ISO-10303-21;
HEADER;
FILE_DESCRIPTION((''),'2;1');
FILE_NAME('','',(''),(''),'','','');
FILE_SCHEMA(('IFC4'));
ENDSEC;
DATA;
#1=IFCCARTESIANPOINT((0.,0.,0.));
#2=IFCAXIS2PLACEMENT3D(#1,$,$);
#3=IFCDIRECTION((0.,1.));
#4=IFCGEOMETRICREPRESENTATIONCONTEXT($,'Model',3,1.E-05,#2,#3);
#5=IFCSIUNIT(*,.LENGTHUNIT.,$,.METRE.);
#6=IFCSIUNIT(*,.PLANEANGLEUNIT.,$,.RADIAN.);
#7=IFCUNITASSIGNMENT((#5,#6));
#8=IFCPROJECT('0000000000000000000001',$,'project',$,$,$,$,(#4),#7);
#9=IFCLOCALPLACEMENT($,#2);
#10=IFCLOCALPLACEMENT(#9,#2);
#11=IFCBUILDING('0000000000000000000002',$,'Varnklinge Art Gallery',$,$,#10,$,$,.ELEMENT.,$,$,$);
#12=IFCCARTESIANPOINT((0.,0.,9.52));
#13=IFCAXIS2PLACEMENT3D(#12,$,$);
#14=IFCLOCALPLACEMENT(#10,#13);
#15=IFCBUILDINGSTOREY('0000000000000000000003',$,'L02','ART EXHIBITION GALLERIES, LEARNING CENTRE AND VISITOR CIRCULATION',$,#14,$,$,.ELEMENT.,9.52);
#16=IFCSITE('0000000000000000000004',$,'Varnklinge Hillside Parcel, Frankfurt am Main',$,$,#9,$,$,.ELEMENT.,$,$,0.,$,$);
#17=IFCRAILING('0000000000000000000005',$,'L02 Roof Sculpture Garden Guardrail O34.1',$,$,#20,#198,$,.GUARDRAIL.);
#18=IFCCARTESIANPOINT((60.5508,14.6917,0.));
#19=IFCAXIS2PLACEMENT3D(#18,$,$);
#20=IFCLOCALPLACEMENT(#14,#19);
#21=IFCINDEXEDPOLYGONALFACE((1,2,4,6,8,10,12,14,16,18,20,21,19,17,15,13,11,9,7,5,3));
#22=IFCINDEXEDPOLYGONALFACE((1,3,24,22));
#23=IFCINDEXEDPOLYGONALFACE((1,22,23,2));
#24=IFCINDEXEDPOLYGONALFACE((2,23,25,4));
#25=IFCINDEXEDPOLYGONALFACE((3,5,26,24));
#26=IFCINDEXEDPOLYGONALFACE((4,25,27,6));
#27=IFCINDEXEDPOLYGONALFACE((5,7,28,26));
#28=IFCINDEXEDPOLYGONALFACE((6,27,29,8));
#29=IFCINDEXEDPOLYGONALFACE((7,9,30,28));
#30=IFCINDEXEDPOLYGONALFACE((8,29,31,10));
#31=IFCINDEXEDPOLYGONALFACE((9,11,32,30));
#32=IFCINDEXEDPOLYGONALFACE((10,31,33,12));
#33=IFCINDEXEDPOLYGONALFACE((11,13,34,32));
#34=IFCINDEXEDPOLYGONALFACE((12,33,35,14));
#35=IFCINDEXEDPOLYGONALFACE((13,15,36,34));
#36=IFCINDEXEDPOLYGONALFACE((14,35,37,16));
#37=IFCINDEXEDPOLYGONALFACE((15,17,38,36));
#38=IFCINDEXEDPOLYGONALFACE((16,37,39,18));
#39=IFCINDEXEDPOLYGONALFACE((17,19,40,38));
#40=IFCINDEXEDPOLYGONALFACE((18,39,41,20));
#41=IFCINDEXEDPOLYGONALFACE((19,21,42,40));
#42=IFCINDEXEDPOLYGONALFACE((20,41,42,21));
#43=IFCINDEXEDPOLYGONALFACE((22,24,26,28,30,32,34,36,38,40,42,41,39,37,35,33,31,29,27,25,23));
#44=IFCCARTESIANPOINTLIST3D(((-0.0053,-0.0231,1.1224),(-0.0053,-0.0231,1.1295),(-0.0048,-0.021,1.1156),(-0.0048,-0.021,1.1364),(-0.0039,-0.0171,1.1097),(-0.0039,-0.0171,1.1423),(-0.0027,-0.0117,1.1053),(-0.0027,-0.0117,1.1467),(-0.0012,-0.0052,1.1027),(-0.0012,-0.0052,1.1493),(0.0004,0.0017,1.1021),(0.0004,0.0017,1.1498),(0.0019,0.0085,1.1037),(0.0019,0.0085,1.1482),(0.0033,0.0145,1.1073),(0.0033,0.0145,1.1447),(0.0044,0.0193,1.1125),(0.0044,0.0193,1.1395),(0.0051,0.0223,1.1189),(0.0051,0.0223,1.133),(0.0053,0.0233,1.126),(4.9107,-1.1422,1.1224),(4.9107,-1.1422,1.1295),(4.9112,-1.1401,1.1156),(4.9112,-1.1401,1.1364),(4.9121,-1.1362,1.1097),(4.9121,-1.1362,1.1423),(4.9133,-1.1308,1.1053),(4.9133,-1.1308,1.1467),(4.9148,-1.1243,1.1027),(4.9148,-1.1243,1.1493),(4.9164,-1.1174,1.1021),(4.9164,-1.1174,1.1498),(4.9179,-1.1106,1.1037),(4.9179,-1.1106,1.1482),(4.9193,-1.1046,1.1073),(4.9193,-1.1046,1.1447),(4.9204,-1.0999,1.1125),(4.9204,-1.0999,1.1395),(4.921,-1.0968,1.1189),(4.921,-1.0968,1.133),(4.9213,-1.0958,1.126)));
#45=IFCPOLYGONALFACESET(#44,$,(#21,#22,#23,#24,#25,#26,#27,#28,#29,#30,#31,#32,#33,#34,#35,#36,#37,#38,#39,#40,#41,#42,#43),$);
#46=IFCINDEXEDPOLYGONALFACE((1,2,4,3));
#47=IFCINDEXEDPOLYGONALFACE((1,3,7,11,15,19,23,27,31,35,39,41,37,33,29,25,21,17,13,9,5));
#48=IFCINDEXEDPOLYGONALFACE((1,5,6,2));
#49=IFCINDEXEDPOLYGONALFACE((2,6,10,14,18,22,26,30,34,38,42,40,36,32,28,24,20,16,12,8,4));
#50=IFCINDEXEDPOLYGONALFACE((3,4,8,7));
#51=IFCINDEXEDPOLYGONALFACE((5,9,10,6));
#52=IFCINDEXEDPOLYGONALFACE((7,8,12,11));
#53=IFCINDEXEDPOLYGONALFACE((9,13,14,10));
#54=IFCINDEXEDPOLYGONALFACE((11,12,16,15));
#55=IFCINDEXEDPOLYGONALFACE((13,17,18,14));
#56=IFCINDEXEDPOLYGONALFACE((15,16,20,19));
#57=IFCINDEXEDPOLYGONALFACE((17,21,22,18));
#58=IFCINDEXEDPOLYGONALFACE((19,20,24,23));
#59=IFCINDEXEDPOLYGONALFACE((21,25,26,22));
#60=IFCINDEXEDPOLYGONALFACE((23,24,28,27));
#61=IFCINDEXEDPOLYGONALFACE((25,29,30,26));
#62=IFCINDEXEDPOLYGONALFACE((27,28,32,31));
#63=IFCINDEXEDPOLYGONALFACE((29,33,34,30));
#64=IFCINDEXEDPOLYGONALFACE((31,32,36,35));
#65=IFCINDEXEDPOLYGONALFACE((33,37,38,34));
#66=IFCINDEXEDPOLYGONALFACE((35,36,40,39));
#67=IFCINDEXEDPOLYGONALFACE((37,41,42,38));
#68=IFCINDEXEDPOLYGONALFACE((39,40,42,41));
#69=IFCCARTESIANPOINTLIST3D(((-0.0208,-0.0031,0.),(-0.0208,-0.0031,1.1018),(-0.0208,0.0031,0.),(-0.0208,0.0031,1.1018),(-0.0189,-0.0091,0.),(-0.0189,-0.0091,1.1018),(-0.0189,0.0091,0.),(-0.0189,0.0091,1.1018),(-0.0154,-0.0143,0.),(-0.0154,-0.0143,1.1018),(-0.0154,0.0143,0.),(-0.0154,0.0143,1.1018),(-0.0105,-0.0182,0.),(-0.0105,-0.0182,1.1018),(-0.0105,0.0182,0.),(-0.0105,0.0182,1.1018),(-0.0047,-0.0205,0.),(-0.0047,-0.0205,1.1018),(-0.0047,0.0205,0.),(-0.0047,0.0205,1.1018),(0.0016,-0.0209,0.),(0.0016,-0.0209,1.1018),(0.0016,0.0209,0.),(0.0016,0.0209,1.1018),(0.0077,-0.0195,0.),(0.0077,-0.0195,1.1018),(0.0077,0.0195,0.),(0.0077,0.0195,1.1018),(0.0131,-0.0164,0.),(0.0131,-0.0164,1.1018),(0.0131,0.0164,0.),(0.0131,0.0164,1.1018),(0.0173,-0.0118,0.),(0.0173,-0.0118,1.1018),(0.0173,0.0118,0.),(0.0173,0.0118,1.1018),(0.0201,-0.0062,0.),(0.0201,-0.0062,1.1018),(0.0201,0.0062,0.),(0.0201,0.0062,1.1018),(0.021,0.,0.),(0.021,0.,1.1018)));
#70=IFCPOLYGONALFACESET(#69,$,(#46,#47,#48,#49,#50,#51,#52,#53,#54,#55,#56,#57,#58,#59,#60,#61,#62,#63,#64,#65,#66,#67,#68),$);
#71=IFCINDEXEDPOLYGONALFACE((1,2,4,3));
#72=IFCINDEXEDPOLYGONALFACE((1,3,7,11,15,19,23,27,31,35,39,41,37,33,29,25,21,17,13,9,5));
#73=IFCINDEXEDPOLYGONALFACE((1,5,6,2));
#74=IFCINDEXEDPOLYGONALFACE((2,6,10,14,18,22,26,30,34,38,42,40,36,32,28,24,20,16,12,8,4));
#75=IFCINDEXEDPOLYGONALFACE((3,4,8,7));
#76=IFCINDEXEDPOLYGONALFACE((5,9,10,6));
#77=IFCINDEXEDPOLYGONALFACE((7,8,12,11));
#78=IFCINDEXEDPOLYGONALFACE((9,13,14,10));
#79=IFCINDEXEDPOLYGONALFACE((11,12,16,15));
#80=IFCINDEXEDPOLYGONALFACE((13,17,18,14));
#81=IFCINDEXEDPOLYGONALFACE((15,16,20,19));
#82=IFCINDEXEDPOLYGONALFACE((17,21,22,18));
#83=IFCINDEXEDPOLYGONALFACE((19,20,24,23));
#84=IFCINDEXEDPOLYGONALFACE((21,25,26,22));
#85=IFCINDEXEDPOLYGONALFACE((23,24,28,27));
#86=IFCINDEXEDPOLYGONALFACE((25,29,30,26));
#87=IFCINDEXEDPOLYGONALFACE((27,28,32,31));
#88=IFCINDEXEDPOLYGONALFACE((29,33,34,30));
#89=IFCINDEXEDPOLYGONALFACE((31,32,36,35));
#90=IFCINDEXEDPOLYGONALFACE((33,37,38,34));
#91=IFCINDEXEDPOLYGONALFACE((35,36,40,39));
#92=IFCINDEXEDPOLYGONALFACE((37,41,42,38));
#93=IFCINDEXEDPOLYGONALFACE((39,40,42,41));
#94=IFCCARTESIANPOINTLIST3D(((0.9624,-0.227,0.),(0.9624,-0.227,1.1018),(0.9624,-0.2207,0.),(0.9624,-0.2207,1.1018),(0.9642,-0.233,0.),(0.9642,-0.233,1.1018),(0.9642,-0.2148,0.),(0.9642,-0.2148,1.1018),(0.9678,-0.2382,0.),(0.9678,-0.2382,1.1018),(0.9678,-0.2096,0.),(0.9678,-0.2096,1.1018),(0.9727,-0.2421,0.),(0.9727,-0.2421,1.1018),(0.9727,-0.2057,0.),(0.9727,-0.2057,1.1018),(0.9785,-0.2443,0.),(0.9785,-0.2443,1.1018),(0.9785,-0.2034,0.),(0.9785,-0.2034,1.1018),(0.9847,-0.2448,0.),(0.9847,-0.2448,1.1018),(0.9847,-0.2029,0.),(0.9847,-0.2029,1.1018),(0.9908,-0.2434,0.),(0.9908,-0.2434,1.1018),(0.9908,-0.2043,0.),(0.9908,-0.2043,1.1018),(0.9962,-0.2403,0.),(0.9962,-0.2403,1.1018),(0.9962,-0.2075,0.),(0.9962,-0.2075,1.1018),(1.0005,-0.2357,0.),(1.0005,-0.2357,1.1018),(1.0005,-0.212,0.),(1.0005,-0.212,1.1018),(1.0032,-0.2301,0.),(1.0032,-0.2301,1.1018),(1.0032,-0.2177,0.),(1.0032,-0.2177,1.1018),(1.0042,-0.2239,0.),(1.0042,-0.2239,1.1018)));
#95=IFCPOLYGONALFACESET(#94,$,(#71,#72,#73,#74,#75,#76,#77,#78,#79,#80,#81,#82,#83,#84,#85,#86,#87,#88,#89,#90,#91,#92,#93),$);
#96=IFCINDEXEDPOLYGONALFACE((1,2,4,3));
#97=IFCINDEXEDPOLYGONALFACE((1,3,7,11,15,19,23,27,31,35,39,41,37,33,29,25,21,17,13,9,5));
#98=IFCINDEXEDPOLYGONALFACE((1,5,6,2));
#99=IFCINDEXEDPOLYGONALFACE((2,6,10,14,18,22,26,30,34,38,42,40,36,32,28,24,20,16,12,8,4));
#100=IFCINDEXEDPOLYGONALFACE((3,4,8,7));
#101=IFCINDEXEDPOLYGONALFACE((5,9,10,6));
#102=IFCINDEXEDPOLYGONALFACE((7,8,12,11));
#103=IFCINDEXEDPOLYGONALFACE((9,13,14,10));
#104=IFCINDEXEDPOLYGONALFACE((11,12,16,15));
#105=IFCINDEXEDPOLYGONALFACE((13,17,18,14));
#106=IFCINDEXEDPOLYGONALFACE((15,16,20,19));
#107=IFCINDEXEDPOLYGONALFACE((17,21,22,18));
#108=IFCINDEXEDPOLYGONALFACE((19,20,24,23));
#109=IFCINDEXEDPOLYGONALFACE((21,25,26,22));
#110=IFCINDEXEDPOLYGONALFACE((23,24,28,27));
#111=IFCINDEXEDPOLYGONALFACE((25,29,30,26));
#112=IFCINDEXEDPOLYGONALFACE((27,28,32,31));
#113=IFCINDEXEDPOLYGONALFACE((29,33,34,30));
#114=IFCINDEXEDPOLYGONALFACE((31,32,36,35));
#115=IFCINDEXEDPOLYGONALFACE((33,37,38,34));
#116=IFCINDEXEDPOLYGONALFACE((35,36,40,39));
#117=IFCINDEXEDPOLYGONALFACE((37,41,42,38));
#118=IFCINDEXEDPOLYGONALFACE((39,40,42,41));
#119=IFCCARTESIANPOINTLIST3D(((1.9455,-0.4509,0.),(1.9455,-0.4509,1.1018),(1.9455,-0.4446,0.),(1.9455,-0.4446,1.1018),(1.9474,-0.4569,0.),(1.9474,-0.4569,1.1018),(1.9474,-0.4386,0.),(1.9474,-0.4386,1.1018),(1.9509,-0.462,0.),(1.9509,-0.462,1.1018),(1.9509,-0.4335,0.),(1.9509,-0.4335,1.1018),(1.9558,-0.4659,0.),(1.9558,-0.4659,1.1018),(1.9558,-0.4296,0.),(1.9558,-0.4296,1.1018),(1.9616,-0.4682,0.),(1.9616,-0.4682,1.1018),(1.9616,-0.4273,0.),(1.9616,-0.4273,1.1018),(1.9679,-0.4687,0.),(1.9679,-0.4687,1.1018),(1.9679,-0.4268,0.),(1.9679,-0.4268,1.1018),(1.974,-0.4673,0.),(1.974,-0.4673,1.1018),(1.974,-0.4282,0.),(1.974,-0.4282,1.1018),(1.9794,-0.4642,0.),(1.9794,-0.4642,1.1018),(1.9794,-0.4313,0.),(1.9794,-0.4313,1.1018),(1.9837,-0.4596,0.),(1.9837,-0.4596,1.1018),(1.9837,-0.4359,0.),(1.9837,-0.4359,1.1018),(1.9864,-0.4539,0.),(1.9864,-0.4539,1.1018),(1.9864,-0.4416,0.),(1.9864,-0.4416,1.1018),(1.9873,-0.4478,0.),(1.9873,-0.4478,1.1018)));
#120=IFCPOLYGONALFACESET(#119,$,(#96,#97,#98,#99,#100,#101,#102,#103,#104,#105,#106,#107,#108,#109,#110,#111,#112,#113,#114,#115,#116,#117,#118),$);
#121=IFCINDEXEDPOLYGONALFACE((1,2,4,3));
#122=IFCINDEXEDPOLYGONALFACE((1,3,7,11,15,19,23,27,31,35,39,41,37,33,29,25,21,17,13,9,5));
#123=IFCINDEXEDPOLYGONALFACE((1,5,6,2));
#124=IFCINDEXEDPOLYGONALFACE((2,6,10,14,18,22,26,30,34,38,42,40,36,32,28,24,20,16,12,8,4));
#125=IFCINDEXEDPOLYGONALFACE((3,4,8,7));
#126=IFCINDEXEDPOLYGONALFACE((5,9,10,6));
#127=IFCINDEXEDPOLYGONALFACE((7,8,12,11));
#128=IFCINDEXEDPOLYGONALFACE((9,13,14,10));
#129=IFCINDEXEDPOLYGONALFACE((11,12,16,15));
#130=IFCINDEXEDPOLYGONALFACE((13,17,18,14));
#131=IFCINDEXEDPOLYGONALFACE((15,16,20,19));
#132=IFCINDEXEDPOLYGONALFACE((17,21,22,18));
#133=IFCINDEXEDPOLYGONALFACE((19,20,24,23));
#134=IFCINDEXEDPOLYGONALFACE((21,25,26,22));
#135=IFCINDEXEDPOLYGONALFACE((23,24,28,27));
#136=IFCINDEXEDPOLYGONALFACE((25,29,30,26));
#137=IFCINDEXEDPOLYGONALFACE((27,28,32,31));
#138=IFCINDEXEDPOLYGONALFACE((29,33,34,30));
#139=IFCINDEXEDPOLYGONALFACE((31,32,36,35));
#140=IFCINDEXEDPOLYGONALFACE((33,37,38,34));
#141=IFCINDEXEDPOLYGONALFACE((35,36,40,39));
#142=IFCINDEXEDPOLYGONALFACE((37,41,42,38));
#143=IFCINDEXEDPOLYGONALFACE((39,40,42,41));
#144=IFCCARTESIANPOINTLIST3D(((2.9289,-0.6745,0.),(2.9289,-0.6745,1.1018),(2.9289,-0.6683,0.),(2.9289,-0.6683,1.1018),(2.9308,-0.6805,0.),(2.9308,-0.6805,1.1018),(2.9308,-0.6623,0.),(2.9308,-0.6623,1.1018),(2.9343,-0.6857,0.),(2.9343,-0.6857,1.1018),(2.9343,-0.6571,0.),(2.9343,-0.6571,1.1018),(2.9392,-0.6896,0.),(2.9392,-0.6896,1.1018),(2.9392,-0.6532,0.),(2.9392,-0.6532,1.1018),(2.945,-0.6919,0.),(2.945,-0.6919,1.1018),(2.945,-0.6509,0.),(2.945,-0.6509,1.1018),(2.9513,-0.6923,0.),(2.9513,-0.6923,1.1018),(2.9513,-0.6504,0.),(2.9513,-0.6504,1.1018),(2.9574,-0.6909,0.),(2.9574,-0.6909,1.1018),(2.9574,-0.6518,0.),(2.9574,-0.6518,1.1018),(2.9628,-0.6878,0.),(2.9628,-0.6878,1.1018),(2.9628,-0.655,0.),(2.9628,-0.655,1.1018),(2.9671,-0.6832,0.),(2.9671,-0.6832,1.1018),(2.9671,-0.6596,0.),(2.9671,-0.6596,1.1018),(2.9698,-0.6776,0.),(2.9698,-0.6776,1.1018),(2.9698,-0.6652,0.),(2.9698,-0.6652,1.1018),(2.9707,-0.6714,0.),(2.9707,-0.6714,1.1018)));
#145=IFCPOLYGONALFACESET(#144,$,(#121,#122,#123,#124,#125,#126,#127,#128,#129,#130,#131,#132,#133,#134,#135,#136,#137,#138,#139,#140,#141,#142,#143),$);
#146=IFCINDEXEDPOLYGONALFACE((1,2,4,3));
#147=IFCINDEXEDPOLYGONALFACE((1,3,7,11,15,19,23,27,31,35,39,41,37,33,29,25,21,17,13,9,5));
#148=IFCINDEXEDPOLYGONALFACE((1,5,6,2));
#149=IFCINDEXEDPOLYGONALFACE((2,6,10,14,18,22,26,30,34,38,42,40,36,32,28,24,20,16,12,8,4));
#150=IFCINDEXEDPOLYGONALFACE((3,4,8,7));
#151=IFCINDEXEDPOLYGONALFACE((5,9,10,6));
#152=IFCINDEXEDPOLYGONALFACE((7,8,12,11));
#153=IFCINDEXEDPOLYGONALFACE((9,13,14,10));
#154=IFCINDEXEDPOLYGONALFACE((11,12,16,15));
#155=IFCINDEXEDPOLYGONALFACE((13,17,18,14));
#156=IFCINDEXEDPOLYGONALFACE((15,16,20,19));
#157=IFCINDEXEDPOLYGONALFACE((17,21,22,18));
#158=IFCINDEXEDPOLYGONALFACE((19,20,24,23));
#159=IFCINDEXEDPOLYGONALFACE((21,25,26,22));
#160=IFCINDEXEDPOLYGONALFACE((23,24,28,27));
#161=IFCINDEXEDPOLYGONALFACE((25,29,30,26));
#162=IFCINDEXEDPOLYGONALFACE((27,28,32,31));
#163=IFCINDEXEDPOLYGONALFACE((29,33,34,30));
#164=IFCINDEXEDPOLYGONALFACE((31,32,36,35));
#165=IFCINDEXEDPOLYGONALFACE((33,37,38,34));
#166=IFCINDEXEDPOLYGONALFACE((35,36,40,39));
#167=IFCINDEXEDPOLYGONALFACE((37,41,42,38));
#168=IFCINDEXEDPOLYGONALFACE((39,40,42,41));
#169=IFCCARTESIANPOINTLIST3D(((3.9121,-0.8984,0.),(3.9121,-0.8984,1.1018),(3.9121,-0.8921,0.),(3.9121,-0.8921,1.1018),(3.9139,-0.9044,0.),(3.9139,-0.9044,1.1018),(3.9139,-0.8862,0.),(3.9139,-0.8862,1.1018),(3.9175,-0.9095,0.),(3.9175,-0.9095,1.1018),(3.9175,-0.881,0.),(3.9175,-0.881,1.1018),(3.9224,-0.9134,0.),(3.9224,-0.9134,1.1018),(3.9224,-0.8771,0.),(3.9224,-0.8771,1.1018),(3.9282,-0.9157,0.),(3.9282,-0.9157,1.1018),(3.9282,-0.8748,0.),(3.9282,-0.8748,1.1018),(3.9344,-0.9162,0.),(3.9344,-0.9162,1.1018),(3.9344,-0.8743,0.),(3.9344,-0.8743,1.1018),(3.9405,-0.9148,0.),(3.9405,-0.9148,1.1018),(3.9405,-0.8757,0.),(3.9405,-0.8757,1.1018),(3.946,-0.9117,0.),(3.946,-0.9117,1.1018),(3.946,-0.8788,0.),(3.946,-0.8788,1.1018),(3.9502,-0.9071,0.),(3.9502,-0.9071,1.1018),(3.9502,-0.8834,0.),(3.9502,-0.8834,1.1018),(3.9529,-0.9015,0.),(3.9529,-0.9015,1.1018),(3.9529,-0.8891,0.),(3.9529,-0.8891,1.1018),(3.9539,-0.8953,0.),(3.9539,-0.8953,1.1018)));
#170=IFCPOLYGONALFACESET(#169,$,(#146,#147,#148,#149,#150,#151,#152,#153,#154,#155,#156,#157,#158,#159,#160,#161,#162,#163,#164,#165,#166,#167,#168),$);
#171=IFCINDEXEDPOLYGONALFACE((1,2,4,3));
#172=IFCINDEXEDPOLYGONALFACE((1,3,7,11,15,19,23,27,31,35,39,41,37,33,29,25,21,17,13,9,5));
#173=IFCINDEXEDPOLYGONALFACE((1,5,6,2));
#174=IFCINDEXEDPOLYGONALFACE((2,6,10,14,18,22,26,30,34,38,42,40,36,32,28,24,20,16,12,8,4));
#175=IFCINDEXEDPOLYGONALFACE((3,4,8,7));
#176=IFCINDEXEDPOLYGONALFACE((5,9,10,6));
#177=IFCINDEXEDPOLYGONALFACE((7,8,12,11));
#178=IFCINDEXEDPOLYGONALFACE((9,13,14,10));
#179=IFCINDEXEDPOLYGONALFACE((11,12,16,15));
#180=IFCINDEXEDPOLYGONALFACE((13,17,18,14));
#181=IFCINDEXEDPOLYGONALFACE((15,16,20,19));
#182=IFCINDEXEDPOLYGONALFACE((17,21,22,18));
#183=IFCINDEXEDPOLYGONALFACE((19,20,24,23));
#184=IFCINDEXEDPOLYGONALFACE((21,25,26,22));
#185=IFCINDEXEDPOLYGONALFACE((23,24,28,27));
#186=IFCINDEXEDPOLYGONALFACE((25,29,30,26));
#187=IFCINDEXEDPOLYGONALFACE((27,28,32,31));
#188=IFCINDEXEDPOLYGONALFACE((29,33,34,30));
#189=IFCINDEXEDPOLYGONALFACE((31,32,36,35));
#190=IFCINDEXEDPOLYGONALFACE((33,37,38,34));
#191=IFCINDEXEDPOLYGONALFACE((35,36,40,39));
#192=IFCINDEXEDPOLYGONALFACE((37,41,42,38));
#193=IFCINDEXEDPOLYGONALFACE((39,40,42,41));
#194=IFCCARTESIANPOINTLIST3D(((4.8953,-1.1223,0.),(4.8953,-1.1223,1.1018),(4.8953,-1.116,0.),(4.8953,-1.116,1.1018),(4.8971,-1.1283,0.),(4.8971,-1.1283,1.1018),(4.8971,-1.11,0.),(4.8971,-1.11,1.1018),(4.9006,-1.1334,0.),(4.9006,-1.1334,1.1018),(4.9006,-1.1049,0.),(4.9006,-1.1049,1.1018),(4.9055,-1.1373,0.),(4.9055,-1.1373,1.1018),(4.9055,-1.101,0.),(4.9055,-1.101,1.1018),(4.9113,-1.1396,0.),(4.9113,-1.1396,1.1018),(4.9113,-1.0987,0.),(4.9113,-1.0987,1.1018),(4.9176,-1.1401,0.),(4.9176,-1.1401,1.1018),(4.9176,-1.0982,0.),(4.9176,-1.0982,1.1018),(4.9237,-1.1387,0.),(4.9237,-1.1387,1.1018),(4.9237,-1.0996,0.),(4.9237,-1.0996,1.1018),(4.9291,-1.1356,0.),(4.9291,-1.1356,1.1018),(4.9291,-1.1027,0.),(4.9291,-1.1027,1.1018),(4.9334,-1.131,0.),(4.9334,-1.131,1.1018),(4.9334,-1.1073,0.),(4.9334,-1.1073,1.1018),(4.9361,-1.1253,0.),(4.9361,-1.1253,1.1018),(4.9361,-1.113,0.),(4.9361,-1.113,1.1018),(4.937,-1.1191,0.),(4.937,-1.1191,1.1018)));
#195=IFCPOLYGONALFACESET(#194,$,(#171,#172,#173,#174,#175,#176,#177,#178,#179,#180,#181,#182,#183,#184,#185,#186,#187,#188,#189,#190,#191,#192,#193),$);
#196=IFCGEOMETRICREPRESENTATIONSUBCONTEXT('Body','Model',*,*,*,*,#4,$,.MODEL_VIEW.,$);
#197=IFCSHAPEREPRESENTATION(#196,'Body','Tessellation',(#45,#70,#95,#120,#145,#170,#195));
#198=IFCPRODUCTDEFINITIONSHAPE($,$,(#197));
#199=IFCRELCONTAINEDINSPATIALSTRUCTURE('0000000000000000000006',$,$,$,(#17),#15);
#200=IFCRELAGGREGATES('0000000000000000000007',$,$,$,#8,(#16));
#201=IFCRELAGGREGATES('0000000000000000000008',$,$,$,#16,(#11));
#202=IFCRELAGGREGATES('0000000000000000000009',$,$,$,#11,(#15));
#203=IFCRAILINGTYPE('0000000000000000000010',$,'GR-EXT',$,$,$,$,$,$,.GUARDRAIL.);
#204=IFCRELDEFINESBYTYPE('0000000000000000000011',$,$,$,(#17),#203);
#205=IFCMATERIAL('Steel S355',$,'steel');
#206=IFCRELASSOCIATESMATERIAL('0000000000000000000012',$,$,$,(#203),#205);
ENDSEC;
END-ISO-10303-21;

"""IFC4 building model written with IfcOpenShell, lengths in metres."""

from ifc_helpers import new_model, si_unit, direction, frame, origin, origin_2d, place, context, subcontext, project, spatial, circle, extrude, material, type_object, element, save


model = new_model("IFC4")

# Units and contexts
model_context = context("Model", 3, precision=1e-05, world=origin(), true_north=direction((0.0, 1.0)))
body_context = subcontext(model_context, "Body", "Model", "MODEL_VIEW")
ifc_project = project(units=[si_unit("LENGTHUNIT", "METRE"), si_unit("PLANEANGLEUNIT", "RADIAN")], contexts=[model_context])

# Site, building, storey
site_placement = place(None, origin())
site = spatial("IfcSite", under=ifc_project, at=site_placement, Name="Varnklinge Hillside Parcel, Frankfurt am Main", CompositionType="ELEMENT", RefElevation=0.0)
building_placement = place(site_placement, origin())
building = spatial("IfcBuilding", under=site, at=building_placement, Name="Varnklinge Art Gallery", CompositionType="ELEMENT")
storey_placement = place(building_placement, frame((0.0, 0.0, 9.52)))
storey = spatial("IfcBuildingStorey", under=building, at=storey_placement, Name="L02", Description="ART EXHIBITION GALLERIES, LEARNING CENTRE AND VISITOR CIRCULATION", CompositionType="ELEMENT", Elevation=9.52)

# Railing
ifc_material_1 = material(Name="Steel S355", Category="steel")
railing_type = type_object("IfcRailingType", Name="GR-EXT", PredefinedType="GUARDRAIL", material=ifc_material_1)
railing_1_placement = place(storey_placement, frame((60.5508, 14.6917, 0.0)))
element("IfcRailing", 1, at=railing_1_placement, inside=storey, type_object=railing_type, Name="L02 Roof Sculpture Garden Guardrail O34.1", PredefinedType="GUARDRAIL", context=body_context, shape_type="SweptSolid", body=[
    extrude(circle(Radius=0.0239, at=origin_2d()), frame((0.0, 0.0, 1.126), z_axis=(0.975053, -0.221973, 0.0), x_axis=(0.221973, 0.975053, 0.0)), (0.0, 0.0, 1.0), 5.0417),
    extrude(circle(Radius=0.021, at=origin_2d()), origin(), (0.0, 0.0, 1.0), 1.1018),
    extrude(circle(Radius=0.021, at=origin_2d()), frame((0.9832, -0.2239, 0.0)), (0.0, 0.0, 1.0), 1.1018),
    extrude(circle(Radius=0.021, at=origin_2d()), frame((1.9663, -0.4478, 0.0)), (0.0, 0.0, 1.0), 1.1018),
    extrude(circle(Radius=0.021, at=origin_2d()), frame((2.9497, -0.6714, 0.0)), (0.0, 0.0, 1.0), 1.1018),
    extrude(circle(Radius=0.021, at=origin_2d()), frame((3.9329, -0.8953, 0.0)), (0.0, 0.0, 1.0), 1.1018),
    extrude(circle(Radius=0.021, at=origin_2d()), frame((4.916, -1.1191, 0.0)), (0.0, 0.0, 1.0), 1.1018),
])

save(model, "model.ifc")
